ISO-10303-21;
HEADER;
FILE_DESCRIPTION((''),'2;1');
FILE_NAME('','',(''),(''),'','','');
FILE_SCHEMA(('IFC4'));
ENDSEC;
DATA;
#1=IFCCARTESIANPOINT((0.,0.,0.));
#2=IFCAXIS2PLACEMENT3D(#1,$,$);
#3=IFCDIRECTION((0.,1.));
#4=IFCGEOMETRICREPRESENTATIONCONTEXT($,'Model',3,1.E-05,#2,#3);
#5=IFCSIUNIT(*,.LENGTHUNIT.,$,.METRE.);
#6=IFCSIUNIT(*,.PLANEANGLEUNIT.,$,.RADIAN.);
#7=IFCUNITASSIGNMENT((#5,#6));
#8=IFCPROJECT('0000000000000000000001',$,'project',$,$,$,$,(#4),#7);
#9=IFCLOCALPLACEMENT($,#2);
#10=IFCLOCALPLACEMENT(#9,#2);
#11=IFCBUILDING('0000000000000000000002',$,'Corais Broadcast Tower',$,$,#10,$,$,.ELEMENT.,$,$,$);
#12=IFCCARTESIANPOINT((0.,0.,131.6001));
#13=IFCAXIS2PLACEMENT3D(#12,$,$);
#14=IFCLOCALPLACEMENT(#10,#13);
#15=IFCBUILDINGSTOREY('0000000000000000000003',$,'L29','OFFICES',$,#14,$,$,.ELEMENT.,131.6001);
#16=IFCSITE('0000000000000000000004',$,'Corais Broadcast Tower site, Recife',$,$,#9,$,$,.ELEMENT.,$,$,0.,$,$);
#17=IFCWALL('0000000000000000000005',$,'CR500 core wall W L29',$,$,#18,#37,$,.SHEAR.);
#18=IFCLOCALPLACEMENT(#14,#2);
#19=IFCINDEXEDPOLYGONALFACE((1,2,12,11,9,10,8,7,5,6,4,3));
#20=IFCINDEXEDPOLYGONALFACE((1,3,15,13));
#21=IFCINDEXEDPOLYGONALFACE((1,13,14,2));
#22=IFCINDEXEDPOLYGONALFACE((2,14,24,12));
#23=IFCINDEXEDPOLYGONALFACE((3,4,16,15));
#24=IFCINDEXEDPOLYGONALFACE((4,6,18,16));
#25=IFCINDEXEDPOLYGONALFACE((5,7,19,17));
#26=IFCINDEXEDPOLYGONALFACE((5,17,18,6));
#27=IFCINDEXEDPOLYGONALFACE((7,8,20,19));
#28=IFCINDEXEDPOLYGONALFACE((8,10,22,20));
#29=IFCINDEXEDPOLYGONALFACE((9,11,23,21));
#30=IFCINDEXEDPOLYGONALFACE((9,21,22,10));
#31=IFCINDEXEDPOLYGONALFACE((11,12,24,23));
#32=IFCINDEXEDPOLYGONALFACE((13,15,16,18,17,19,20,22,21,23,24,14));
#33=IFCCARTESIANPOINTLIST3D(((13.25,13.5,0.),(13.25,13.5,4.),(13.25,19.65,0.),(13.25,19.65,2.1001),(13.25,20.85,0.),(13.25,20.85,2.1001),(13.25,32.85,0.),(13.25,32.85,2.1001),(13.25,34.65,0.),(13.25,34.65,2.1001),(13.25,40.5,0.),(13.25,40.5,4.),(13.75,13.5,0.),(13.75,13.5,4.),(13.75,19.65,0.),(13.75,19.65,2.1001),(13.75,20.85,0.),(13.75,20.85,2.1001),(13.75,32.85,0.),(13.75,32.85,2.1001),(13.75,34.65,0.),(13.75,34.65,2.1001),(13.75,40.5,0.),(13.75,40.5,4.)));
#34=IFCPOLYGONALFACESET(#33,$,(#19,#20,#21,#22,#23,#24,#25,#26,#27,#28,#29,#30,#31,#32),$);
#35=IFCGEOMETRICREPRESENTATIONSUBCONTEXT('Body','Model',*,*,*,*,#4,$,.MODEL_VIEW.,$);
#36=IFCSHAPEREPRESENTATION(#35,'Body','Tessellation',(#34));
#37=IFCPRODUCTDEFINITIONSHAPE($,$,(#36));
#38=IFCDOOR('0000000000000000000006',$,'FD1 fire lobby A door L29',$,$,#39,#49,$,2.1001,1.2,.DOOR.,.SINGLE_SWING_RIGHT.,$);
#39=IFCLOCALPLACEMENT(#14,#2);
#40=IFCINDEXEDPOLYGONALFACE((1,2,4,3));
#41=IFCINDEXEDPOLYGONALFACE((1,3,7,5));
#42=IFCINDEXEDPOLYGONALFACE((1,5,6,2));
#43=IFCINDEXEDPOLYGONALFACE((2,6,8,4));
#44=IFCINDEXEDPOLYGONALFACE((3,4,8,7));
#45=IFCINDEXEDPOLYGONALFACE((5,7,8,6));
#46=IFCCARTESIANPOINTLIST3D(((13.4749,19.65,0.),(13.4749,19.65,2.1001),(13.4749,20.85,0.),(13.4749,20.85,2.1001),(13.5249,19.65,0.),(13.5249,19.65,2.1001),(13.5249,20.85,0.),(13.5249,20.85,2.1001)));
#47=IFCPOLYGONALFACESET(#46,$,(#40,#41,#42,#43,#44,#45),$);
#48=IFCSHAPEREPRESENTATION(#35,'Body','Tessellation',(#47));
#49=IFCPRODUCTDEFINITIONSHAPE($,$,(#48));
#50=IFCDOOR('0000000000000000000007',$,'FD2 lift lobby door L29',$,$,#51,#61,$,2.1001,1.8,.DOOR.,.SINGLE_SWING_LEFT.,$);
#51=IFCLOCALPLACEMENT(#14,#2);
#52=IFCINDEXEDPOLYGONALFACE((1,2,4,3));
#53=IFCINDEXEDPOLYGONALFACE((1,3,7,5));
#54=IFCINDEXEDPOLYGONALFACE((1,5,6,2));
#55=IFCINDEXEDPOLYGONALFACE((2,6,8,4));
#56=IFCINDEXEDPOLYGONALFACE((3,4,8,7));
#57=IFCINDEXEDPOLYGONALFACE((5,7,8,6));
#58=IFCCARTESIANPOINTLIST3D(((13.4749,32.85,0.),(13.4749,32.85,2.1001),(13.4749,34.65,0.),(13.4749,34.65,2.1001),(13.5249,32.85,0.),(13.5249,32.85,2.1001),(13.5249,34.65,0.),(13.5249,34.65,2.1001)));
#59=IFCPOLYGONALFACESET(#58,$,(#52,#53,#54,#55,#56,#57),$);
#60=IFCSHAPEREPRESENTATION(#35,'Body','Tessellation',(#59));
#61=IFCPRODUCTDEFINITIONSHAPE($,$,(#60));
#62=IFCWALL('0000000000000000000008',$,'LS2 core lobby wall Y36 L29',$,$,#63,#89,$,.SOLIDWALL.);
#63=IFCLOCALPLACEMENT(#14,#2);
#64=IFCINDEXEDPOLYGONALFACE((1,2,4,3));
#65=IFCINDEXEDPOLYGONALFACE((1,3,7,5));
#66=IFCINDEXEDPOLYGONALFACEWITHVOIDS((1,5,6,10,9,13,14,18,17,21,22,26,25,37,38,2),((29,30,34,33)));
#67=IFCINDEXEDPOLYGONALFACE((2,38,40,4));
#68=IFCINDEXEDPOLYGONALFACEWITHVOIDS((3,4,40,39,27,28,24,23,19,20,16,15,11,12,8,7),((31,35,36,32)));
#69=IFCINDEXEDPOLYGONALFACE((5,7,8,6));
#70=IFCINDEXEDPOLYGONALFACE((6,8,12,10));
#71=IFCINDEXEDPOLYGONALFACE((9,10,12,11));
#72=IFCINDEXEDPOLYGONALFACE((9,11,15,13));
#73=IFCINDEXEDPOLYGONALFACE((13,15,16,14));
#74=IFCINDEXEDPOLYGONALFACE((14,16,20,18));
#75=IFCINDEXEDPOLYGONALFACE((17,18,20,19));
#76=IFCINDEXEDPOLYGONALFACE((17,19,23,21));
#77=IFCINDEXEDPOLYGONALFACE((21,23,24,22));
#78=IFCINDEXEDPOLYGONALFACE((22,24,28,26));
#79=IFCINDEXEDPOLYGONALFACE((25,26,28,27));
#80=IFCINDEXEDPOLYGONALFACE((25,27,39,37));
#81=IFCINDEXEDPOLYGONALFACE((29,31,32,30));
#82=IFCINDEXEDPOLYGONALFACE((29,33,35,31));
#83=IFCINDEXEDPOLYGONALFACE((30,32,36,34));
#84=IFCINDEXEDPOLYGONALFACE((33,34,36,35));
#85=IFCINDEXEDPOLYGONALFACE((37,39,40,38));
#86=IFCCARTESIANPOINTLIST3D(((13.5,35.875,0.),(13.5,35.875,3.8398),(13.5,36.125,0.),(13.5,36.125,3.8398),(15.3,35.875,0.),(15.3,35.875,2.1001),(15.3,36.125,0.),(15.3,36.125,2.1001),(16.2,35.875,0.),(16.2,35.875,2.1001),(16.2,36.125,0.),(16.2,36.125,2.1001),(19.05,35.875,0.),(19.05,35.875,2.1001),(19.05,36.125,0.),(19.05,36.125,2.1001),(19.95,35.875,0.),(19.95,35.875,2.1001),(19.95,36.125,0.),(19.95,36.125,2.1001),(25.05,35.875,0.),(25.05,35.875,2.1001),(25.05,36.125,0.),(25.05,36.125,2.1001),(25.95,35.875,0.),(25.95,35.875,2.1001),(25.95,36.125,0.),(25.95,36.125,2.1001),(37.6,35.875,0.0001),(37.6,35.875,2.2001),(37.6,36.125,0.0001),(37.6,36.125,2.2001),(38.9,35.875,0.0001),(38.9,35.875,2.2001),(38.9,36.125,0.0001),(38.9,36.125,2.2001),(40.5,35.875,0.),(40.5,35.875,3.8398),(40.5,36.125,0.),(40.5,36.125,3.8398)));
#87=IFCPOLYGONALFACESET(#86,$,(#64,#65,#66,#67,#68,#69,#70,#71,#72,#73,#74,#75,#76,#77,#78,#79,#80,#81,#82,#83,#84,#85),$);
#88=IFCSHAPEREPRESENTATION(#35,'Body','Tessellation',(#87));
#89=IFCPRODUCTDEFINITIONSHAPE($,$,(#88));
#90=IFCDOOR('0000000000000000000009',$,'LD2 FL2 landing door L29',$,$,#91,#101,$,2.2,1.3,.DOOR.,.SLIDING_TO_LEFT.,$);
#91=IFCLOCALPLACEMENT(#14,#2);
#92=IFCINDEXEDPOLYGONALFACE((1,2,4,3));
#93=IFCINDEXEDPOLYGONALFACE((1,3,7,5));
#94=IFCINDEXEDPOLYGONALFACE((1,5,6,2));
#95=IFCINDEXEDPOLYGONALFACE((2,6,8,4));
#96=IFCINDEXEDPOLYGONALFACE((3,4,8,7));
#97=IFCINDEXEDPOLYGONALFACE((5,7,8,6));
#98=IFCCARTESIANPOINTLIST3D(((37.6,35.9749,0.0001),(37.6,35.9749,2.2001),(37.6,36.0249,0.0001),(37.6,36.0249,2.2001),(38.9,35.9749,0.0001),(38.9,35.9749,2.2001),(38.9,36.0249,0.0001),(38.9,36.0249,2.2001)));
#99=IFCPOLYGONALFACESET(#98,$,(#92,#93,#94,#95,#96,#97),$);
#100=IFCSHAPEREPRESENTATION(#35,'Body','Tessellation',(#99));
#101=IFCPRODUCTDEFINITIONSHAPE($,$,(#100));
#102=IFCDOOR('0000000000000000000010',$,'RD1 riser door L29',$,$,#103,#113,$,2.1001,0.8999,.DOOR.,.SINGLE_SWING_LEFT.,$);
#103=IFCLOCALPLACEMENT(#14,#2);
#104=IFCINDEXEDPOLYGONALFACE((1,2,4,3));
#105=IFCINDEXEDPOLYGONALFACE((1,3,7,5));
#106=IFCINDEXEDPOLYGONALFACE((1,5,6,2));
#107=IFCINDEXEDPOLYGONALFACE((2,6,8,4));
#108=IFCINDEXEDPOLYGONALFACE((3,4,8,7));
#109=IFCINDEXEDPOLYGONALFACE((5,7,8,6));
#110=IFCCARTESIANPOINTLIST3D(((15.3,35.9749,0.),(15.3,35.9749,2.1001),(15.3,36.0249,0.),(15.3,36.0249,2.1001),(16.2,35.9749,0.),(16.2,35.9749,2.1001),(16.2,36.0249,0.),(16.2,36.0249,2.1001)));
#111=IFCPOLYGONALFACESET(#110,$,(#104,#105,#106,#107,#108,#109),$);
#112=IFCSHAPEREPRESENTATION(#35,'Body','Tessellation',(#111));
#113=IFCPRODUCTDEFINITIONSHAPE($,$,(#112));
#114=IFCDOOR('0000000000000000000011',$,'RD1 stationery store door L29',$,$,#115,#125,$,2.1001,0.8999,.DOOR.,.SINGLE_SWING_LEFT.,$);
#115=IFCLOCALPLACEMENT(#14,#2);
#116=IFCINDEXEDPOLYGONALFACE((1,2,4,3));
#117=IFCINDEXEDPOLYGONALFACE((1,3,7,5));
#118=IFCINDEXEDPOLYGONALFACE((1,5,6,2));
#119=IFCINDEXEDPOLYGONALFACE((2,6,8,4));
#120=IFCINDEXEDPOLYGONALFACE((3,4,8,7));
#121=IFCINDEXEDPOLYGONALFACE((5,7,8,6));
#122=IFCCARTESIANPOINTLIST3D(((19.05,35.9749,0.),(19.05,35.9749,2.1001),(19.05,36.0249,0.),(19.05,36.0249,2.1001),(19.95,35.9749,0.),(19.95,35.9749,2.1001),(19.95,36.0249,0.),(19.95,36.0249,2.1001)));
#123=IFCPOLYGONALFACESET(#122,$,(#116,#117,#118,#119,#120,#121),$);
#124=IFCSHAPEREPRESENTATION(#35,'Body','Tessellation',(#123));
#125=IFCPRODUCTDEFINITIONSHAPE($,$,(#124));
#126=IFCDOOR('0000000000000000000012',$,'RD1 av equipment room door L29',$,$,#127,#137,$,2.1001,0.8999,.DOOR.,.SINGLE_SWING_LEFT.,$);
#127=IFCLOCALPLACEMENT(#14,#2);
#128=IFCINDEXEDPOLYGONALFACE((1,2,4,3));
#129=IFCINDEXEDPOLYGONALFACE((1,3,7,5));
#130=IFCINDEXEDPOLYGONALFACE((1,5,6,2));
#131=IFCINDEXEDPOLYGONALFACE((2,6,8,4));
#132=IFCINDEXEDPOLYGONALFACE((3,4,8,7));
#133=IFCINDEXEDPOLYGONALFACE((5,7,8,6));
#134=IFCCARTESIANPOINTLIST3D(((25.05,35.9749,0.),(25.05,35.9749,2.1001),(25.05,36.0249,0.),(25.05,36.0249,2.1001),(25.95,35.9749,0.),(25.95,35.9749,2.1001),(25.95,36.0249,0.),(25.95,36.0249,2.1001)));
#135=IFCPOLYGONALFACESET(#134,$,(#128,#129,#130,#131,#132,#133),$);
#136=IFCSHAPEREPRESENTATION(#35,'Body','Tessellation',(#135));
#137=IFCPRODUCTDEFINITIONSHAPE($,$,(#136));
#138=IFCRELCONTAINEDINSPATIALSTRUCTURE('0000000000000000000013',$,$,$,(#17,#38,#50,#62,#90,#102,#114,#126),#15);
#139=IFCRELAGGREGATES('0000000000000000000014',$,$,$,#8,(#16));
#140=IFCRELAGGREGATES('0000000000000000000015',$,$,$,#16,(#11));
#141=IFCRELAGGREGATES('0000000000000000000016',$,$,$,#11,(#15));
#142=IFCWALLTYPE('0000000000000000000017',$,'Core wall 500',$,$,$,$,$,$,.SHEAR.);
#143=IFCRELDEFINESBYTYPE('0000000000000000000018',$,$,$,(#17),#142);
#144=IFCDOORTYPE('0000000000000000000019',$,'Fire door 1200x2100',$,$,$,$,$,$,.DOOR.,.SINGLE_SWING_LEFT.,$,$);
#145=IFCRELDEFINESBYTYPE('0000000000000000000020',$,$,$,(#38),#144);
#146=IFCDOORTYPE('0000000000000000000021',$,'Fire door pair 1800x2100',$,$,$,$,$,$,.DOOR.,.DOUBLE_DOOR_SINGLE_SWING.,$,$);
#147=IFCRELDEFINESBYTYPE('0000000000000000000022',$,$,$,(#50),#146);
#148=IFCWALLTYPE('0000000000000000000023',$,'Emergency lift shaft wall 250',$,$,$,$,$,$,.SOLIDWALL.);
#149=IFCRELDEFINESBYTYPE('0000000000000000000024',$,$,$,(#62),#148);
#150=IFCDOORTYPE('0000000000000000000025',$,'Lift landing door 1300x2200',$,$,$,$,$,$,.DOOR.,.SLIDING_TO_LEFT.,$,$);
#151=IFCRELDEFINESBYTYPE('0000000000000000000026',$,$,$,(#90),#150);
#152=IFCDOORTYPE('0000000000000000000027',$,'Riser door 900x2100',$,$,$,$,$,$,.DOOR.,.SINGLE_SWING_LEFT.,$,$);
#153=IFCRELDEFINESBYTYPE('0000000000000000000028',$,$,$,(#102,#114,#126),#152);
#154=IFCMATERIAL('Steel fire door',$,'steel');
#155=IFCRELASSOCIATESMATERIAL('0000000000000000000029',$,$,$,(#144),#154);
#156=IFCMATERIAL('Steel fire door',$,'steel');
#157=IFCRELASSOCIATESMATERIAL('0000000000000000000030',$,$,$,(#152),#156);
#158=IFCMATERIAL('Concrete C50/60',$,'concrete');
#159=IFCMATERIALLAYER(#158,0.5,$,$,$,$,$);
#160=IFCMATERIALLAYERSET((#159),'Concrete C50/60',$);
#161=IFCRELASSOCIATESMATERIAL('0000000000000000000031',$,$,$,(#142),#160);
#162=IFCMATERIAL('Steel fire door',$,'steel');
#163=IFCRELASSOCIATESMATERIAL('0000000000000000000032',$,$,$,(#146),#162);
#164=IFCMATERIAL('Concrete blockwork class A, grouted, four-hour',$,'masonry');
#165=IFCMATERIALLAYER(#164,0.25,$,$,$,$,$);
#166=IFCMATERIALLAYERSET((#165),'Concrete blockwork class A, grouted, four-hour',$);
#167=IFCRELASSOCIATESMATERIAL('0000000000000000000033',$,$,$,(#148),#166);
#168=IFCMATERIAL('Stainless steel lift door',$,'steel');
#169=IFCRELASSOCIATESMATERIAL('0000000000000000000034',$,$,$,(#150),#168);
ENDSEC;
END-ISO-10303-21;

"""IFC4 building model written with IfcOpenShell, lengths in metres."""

from ifc_helpers import new_model, si_unit, direction, frame, frame_2d, origin, place, context, subcontext, project, spatial, rectangle, extrude, material, layer, layer_set, type_object, element, fill, save


model = new_model("IFC4")

# Units and contexts
model_context = context("Model", 3, precision=1e-05, world=origin(), true_north=direction((0.0, 1.0)))
body_context = subcontext(model_context, "Body", "Model", "MODEL_VIEW")
ifc_project = project(units=[si_unit("LENGTHUNIT", "METRE"), si_unit("PLANEANGLEUNIT", "RADIAN")], contexts=[model_context])

# Site, building, storey
site_placement = place(None, origin())
site = spatial("IfcSite", under=ifc_project, at=site_placement, Name="Corais Broadcast Tower site, Recife", CompositionType="ELEMENT", RefElevation=0.0)
building_placement = place(site_placement, origin())
building = spatial("IfcBuilding", under=site, at=building_placement, Name="Corais Broadcast Tower", CompositionType="ELEMENT")
storey_placement = place(building_placement, frame((0.0, 0.0, 131.6001)))
storey = spatial("IfcBuildingStorey", under=building, at=storey_placement, Name="L29", Description="OFFICES", CompositionType="ELEMENT", Elevation=131.6001)

# Walls, openings, doors
ifc_material_1 = material(Name="Steel fire door", Category="steel")
door_type_1 = type_object("IfcDoorType", Name="Fire door 1200x2100", OperationType="SINGLE_SWING_LEFT", PredefinedType="DOOR", material=ifc_material_1)
ifc_material_2 = material(Name="Steel fire door", Category="steel")
door_type_2 = type_object("IfcDoorType", Name="Riser door 900x2100", OperationType="SINGLE_SWING_LEFT", PredefinedType="DOOR", material=ifc_material_2)
ifc_material_3 = material(Name="Concrete C50/60", Category="concrete")
ifc_layer_1 = layer(ifc_material_3, 0.5)
ifc_layer_set_1 = layer_set([ifc_layer_1], Name="Concrete C50/60")
wall_type_1 = type_object("IfcWallType", Name="Core wall 500", PredefinedType="SHEAR", material=ifc_layer_set_1)
wall_1_placement = place(storey_placement, frame((13.5, 40.5, 0.0), z_axis=(0.0, 0.0, 1.0), x_axis=(0.0, -1.0, 0.0)))
wall_1 = element("IfcWall", 1, at=wall_1_placement, inside=storey, type_object=wall_type_1, Name="CR500 core wall W L29", PredefinedType="SHEAR", context=body_context, shape_type="SweptSolid", body=[
    extrude(rectangle(XDim=27.0, YDim=0.5, at=frame_2d((13.5, 0.0))), origin(), (0.0, 0.0, 1.0), 4.0),
])
opening_1_placement = place(wall_1_placement, frame((19.6499, 0.0, 0.0)))
opening_1 = element("IfcOpeningElement", 2, at=opening_1_placement, cuts=wall_1, PredefinedType="OPENING", context=body_context, shape_type="SweptSolid", body=[
    extrude(rectangle(XDim=1.2, YDim=2.1001, at=frame_2d((0.6001, 1.05))), frame((0.0, 0.26, 0.0), z_axis=(0.0, -1.0, 0.0), x_axis=(1.0, 0.0, 0.0)), (0.0, 0.0, 1.0), 0.52),
])
opening_2_placement = place(wall_1_placement, frame((5.8501, 0.0, 0.0)))
opening_2 = element("IfcOpeningElement", 3, at=opening_2_placement, cuts=wall_1, PredefinedType="OPENING", context=body_context, shape_type="SweptSolid", body=[
    extrude(rectangle(XDim=1.8, YDim=2.1001, at=frame_2d((0.8999, 1.05))), frame((0.0, 0.26, 0.0), z_axis=(0.0, -1.0, 0.0), x_axis=(1.0, 0.0, 0.0)), (0.0, 0.0, 1.0), 0.52),
])
door_1_placement = place(opening_1_placement, origin())
door_1 = element("IfcDoor", 4, at=door_1_placement, inside=storey, type_object=door_type_1, Name="FD1 fire lobby A door L29", OperationType="SINGLE_SWING_RIGHT", OverallHeight=2.1001, OverallWidth=1.2, PredefinedType="DOOR", context=body_context, shape_type="SweptSolid", body=[
    extrude(rectangle(XDim=1.2, YDim=2.1001, at=frame_2d((0.6001, 1.05))), frame((0.0, 0.0249, 0.0), z_axis=(0.0, -1.0, 0.0), x_axis=(1.0, 0.0, 0.0)), (0.0, 0.0, 1.0), 0.05),
])
fill(opening_1, door_1)
ifc_material_4 = material(Name="Steel fire door", Category="steel")
door_type_3 = type_object("IfcDoorType", Name="Fire door pair 1800x2100", OperationType="DOUBLE_DOOR_SINGLE_SWING", PredefinedType="DOOR", material=ifc_material_4)
door_2_placement = place(opening_2_placement, origin())
door_2 = element("IfcDoor", 5, at=door_2_placement, inside=storey, type_object=door_type_3, Name="FD2 lift lobby door L29", OperationType="SINGLE_SWING_LEFT", OverallHeight=2.1001, OverallWidth=1.8, PredefinedType="DOOR", context=body_context, shape_type="SweptSolid", body=[
    extrude(rectangle(XDim=1.8, YDim=2.1001, at=frame_2d((0.8999, 1.05))), frame((0.0, 0.0249, 0.0), z_axis=(0.0, -1.0, 0.0), x_axis=(1.0, 0.0, 0.0)), (0.0, 0.0, 1.0), 0.05),
])
fill(opening_2, door_2)
ifc_material_5 = material(Name="Concrete blockwork class A, grouted, four-hour", Category="masonry")
ifc_layer_2 = layer(ifc_material_5, 0.25)
ifc_layer_set_2 = layer_set([ifc_layer_2], Name="Concrete blockwork class A, grouted, four-hour")
wall_type_2 = type_object("IfcWallType", Name="Emergency lift shaft wall 250", PredefinedType="SOLIDWALL", material=ifc_layer_set_2)
wall_2_placement = place(storey_placement, frame((13.5, 36.0, 0.0), z_axis=(0.0, 0.0, 1.0), x_axis=(1.0, 0.0, 0.0)))
wall_2 = element("IfcWall", 6, at=wall_2_placement, inside=storey, type_object=wall_type_2, Name="LS2 core lobby wall Y36 L29", PredefinedType="SOLIDWALL", context=body_context, shape_type="SweptSolid", body=[
    extrude(rectangle(XDim=27.0, YDim=0.25, at=frame_2d((13.5, 0.0))), origin(), (0.0, 0.0, 1.0), 3.8398),
])
opening_3_placement = place(wall_2_placement, frame((1.8, 0.0, 0.0)))
opening_3 = element("IfcOpeningElement", 7, at=opening_3_placement, cuts=wall_2, PredefinedType="OPENING", context=body_context, shape_type="SweptSolid", body=[
    extrude(rectangle(XDim=0.8999, YDim=2.1001, at=frame_2d((0.45, 1.05))), frame((0.0, 0.135, 0.0), z_axis=(0.0, -1.0, 0.0), x_axis=(1.0, 0.0, 0.0)), (0.0, 0.0, 1.0), 0.27),
])
opening_4_placement = place(wall_2_placement, frame((5.55, 0.0, 0.0)))
opening_4 = element("IfcOpeningElement", 8, at=opening_4_placement, cuts=wall_2, PredefinedType="OPENING", context=body_context, shape_type="SweptSolid", body=[
    extrude(rectangle(XDim=0.8999, YDim=2.1001, at=frame_2d((0.45, 1.05))), frame((0.0, 0.135, 0.0), z_axis=(0.0, -1.0, 0.0), x_axis=(1.0, 0.0, 0.0)), (0.0, 0.0, 1.0), 0.27),
])
opening_5_placement = place(wall_2_placement, frame((11.55, 0.0, 0.0)))
opening_5 = element("IfcOpeningElement", 9, at=opening_5_placement, cuts=wall_2, PredefinedType="OPENING", context=body_context, shape_type="SweptSolid", body=[
    extrude(rectangle(XDim=0.8999, YDim=2.1001, at=frame_2d((0.45, 1.05))), frame((0.0, 0.135, 0.0), z_axis=(0.0, -1.0, 0.0), x_axis=(1.0, 0.0, 0.0)), (0.0, 0.0, 1.0), 0.27),
])
opening_6_placement = place(wall_2_placement, frame((24.1001, 0.0, 0.0)))
opening_6 = element("IfcOpeningElement", 10, at=opening_6_placement, cuts=wall_2, PredefinedType="OPENING", context=body_context, shape_type="SweptSolid", body=[
    extrude(rectangle(XDim=1.3, YDim=2.2, at=frame_2d((0.6499, 1.1001))), frame((0.0, 0.135, 0.0), z_axis=(0.0, -1.0, 0.0), x_axis=(1.0, 0.0, 0.0)), (0.0, 0.0, 1.0), 0.27),
])
ifc_material_6 = material(Name="Stainless steel lift door", Category="steel")
door_type_4 = type_object("IfcDoorType", Name="Lift landing door 1300x2200", OperationType="SLIDING_TO_LEFT", PredefinedType="DOOR", material=ifc_material_6)
door_3_placement = place(opening_6_placement, origin())
door_3 = element("IfcDoor", 11, at=door_3_placement, inside=storey, type_object=door_type_4, Name="LD2 FL2 landing door L29", OperationType="SLIDING_TO_LEFT", OverallHeight=2.2, OverallWidth=1.3, PredefinedType="DOOR", context=body_context, shape_type="SweptSolid", body=[
    extrude(rectangle(XDim=1.3, YDim=2.2, at=frame_2d((0.6499, 1.1001))), frame((0.0, 0.0249, 0.0), z_axis=(0.0, -1.0, 0.0), x_axis=(1.0, 0.0, 0.0)), (0.0, 0.0, 1.0), 0.05),
])
fill(opening_6, door_3)
door_4_placement = place(opening_3_placement, origin())
door_4 = element("IfcDoor", 12, at=door_4_placement, inside=storey, type_object=door_type_2, Name="RD1 riser door L29", OperationType="SINGLE_SWING_LEFT", OverallHeight=2.1001, OverallWidth=0.8999, PredefinedType="DOOR", context=body_context, shape_type="SweptSolid", body=[
    extrude(rectangle(XDim=0.8999, YDim=2.1001, at=frame_2d((0.45, 1.05))), frame((0.0, 0.0249, 0.0), z_axis=(0.0, -1.0, 0.0), x_axis=(1.0, 0.0, 0.0)), (0.0, 0.0, 1.0), 0.05),
])
fill(opening_3, door_4)
door_5_placement = place(opening_4_placement, origin())
door_5 = element("IfcDoor", 13, at=door_5_placement, inside=storey, type_object=door_type_2, Name="RD1 stationery store door L29", OperationType="SINGLE_SWING_LEFT", OverallHeight=2.1001, OverallWidth=0.8999, PredefinedType="DOOR", context=body_context, shape_type="SweptSolid", body=[
    extrude(rectangle(XDim=0.8999, YDim=2.1001, at=frame_2d((0.45, 1.05))), frame((0.0, 0.0249, 0.0), z_axis=(0.0, -1.0, 0.0), x_axis=(1.0, 0.0, 0.0)), (0.0, 0.0, 1.0), 0.05),
])
fill(opening_4, door_5)
door_6_placement = place(opening_5_placement, origin())
door_6 = element("IfcDoor", 14, at=door_6_placement, inside=storey, type_object=door_type_2, Name="RD1 av equipment room door L29", OperationType="SINGLE_SWING_LEFT", OverallHeight=2.1001, OverallWidth=0.8999, PredefinedType="DOOR", context=body_context, shape_type="SweptSolid", body=[
    extrude(rectangle(XDim=0.8999, YDim=2.1001, at=frame_2d((0.45, 1.05))), frame((0.0, 0.0249, 0.0), z_axis=(0.0, -1.0, 0.0), x_axis=(1.0, 0.0, 0.0)), (0.0, 0.0, 1.0), 0.05),
])
fill(opening_5, door_6)

save(model, "model.ifc")
